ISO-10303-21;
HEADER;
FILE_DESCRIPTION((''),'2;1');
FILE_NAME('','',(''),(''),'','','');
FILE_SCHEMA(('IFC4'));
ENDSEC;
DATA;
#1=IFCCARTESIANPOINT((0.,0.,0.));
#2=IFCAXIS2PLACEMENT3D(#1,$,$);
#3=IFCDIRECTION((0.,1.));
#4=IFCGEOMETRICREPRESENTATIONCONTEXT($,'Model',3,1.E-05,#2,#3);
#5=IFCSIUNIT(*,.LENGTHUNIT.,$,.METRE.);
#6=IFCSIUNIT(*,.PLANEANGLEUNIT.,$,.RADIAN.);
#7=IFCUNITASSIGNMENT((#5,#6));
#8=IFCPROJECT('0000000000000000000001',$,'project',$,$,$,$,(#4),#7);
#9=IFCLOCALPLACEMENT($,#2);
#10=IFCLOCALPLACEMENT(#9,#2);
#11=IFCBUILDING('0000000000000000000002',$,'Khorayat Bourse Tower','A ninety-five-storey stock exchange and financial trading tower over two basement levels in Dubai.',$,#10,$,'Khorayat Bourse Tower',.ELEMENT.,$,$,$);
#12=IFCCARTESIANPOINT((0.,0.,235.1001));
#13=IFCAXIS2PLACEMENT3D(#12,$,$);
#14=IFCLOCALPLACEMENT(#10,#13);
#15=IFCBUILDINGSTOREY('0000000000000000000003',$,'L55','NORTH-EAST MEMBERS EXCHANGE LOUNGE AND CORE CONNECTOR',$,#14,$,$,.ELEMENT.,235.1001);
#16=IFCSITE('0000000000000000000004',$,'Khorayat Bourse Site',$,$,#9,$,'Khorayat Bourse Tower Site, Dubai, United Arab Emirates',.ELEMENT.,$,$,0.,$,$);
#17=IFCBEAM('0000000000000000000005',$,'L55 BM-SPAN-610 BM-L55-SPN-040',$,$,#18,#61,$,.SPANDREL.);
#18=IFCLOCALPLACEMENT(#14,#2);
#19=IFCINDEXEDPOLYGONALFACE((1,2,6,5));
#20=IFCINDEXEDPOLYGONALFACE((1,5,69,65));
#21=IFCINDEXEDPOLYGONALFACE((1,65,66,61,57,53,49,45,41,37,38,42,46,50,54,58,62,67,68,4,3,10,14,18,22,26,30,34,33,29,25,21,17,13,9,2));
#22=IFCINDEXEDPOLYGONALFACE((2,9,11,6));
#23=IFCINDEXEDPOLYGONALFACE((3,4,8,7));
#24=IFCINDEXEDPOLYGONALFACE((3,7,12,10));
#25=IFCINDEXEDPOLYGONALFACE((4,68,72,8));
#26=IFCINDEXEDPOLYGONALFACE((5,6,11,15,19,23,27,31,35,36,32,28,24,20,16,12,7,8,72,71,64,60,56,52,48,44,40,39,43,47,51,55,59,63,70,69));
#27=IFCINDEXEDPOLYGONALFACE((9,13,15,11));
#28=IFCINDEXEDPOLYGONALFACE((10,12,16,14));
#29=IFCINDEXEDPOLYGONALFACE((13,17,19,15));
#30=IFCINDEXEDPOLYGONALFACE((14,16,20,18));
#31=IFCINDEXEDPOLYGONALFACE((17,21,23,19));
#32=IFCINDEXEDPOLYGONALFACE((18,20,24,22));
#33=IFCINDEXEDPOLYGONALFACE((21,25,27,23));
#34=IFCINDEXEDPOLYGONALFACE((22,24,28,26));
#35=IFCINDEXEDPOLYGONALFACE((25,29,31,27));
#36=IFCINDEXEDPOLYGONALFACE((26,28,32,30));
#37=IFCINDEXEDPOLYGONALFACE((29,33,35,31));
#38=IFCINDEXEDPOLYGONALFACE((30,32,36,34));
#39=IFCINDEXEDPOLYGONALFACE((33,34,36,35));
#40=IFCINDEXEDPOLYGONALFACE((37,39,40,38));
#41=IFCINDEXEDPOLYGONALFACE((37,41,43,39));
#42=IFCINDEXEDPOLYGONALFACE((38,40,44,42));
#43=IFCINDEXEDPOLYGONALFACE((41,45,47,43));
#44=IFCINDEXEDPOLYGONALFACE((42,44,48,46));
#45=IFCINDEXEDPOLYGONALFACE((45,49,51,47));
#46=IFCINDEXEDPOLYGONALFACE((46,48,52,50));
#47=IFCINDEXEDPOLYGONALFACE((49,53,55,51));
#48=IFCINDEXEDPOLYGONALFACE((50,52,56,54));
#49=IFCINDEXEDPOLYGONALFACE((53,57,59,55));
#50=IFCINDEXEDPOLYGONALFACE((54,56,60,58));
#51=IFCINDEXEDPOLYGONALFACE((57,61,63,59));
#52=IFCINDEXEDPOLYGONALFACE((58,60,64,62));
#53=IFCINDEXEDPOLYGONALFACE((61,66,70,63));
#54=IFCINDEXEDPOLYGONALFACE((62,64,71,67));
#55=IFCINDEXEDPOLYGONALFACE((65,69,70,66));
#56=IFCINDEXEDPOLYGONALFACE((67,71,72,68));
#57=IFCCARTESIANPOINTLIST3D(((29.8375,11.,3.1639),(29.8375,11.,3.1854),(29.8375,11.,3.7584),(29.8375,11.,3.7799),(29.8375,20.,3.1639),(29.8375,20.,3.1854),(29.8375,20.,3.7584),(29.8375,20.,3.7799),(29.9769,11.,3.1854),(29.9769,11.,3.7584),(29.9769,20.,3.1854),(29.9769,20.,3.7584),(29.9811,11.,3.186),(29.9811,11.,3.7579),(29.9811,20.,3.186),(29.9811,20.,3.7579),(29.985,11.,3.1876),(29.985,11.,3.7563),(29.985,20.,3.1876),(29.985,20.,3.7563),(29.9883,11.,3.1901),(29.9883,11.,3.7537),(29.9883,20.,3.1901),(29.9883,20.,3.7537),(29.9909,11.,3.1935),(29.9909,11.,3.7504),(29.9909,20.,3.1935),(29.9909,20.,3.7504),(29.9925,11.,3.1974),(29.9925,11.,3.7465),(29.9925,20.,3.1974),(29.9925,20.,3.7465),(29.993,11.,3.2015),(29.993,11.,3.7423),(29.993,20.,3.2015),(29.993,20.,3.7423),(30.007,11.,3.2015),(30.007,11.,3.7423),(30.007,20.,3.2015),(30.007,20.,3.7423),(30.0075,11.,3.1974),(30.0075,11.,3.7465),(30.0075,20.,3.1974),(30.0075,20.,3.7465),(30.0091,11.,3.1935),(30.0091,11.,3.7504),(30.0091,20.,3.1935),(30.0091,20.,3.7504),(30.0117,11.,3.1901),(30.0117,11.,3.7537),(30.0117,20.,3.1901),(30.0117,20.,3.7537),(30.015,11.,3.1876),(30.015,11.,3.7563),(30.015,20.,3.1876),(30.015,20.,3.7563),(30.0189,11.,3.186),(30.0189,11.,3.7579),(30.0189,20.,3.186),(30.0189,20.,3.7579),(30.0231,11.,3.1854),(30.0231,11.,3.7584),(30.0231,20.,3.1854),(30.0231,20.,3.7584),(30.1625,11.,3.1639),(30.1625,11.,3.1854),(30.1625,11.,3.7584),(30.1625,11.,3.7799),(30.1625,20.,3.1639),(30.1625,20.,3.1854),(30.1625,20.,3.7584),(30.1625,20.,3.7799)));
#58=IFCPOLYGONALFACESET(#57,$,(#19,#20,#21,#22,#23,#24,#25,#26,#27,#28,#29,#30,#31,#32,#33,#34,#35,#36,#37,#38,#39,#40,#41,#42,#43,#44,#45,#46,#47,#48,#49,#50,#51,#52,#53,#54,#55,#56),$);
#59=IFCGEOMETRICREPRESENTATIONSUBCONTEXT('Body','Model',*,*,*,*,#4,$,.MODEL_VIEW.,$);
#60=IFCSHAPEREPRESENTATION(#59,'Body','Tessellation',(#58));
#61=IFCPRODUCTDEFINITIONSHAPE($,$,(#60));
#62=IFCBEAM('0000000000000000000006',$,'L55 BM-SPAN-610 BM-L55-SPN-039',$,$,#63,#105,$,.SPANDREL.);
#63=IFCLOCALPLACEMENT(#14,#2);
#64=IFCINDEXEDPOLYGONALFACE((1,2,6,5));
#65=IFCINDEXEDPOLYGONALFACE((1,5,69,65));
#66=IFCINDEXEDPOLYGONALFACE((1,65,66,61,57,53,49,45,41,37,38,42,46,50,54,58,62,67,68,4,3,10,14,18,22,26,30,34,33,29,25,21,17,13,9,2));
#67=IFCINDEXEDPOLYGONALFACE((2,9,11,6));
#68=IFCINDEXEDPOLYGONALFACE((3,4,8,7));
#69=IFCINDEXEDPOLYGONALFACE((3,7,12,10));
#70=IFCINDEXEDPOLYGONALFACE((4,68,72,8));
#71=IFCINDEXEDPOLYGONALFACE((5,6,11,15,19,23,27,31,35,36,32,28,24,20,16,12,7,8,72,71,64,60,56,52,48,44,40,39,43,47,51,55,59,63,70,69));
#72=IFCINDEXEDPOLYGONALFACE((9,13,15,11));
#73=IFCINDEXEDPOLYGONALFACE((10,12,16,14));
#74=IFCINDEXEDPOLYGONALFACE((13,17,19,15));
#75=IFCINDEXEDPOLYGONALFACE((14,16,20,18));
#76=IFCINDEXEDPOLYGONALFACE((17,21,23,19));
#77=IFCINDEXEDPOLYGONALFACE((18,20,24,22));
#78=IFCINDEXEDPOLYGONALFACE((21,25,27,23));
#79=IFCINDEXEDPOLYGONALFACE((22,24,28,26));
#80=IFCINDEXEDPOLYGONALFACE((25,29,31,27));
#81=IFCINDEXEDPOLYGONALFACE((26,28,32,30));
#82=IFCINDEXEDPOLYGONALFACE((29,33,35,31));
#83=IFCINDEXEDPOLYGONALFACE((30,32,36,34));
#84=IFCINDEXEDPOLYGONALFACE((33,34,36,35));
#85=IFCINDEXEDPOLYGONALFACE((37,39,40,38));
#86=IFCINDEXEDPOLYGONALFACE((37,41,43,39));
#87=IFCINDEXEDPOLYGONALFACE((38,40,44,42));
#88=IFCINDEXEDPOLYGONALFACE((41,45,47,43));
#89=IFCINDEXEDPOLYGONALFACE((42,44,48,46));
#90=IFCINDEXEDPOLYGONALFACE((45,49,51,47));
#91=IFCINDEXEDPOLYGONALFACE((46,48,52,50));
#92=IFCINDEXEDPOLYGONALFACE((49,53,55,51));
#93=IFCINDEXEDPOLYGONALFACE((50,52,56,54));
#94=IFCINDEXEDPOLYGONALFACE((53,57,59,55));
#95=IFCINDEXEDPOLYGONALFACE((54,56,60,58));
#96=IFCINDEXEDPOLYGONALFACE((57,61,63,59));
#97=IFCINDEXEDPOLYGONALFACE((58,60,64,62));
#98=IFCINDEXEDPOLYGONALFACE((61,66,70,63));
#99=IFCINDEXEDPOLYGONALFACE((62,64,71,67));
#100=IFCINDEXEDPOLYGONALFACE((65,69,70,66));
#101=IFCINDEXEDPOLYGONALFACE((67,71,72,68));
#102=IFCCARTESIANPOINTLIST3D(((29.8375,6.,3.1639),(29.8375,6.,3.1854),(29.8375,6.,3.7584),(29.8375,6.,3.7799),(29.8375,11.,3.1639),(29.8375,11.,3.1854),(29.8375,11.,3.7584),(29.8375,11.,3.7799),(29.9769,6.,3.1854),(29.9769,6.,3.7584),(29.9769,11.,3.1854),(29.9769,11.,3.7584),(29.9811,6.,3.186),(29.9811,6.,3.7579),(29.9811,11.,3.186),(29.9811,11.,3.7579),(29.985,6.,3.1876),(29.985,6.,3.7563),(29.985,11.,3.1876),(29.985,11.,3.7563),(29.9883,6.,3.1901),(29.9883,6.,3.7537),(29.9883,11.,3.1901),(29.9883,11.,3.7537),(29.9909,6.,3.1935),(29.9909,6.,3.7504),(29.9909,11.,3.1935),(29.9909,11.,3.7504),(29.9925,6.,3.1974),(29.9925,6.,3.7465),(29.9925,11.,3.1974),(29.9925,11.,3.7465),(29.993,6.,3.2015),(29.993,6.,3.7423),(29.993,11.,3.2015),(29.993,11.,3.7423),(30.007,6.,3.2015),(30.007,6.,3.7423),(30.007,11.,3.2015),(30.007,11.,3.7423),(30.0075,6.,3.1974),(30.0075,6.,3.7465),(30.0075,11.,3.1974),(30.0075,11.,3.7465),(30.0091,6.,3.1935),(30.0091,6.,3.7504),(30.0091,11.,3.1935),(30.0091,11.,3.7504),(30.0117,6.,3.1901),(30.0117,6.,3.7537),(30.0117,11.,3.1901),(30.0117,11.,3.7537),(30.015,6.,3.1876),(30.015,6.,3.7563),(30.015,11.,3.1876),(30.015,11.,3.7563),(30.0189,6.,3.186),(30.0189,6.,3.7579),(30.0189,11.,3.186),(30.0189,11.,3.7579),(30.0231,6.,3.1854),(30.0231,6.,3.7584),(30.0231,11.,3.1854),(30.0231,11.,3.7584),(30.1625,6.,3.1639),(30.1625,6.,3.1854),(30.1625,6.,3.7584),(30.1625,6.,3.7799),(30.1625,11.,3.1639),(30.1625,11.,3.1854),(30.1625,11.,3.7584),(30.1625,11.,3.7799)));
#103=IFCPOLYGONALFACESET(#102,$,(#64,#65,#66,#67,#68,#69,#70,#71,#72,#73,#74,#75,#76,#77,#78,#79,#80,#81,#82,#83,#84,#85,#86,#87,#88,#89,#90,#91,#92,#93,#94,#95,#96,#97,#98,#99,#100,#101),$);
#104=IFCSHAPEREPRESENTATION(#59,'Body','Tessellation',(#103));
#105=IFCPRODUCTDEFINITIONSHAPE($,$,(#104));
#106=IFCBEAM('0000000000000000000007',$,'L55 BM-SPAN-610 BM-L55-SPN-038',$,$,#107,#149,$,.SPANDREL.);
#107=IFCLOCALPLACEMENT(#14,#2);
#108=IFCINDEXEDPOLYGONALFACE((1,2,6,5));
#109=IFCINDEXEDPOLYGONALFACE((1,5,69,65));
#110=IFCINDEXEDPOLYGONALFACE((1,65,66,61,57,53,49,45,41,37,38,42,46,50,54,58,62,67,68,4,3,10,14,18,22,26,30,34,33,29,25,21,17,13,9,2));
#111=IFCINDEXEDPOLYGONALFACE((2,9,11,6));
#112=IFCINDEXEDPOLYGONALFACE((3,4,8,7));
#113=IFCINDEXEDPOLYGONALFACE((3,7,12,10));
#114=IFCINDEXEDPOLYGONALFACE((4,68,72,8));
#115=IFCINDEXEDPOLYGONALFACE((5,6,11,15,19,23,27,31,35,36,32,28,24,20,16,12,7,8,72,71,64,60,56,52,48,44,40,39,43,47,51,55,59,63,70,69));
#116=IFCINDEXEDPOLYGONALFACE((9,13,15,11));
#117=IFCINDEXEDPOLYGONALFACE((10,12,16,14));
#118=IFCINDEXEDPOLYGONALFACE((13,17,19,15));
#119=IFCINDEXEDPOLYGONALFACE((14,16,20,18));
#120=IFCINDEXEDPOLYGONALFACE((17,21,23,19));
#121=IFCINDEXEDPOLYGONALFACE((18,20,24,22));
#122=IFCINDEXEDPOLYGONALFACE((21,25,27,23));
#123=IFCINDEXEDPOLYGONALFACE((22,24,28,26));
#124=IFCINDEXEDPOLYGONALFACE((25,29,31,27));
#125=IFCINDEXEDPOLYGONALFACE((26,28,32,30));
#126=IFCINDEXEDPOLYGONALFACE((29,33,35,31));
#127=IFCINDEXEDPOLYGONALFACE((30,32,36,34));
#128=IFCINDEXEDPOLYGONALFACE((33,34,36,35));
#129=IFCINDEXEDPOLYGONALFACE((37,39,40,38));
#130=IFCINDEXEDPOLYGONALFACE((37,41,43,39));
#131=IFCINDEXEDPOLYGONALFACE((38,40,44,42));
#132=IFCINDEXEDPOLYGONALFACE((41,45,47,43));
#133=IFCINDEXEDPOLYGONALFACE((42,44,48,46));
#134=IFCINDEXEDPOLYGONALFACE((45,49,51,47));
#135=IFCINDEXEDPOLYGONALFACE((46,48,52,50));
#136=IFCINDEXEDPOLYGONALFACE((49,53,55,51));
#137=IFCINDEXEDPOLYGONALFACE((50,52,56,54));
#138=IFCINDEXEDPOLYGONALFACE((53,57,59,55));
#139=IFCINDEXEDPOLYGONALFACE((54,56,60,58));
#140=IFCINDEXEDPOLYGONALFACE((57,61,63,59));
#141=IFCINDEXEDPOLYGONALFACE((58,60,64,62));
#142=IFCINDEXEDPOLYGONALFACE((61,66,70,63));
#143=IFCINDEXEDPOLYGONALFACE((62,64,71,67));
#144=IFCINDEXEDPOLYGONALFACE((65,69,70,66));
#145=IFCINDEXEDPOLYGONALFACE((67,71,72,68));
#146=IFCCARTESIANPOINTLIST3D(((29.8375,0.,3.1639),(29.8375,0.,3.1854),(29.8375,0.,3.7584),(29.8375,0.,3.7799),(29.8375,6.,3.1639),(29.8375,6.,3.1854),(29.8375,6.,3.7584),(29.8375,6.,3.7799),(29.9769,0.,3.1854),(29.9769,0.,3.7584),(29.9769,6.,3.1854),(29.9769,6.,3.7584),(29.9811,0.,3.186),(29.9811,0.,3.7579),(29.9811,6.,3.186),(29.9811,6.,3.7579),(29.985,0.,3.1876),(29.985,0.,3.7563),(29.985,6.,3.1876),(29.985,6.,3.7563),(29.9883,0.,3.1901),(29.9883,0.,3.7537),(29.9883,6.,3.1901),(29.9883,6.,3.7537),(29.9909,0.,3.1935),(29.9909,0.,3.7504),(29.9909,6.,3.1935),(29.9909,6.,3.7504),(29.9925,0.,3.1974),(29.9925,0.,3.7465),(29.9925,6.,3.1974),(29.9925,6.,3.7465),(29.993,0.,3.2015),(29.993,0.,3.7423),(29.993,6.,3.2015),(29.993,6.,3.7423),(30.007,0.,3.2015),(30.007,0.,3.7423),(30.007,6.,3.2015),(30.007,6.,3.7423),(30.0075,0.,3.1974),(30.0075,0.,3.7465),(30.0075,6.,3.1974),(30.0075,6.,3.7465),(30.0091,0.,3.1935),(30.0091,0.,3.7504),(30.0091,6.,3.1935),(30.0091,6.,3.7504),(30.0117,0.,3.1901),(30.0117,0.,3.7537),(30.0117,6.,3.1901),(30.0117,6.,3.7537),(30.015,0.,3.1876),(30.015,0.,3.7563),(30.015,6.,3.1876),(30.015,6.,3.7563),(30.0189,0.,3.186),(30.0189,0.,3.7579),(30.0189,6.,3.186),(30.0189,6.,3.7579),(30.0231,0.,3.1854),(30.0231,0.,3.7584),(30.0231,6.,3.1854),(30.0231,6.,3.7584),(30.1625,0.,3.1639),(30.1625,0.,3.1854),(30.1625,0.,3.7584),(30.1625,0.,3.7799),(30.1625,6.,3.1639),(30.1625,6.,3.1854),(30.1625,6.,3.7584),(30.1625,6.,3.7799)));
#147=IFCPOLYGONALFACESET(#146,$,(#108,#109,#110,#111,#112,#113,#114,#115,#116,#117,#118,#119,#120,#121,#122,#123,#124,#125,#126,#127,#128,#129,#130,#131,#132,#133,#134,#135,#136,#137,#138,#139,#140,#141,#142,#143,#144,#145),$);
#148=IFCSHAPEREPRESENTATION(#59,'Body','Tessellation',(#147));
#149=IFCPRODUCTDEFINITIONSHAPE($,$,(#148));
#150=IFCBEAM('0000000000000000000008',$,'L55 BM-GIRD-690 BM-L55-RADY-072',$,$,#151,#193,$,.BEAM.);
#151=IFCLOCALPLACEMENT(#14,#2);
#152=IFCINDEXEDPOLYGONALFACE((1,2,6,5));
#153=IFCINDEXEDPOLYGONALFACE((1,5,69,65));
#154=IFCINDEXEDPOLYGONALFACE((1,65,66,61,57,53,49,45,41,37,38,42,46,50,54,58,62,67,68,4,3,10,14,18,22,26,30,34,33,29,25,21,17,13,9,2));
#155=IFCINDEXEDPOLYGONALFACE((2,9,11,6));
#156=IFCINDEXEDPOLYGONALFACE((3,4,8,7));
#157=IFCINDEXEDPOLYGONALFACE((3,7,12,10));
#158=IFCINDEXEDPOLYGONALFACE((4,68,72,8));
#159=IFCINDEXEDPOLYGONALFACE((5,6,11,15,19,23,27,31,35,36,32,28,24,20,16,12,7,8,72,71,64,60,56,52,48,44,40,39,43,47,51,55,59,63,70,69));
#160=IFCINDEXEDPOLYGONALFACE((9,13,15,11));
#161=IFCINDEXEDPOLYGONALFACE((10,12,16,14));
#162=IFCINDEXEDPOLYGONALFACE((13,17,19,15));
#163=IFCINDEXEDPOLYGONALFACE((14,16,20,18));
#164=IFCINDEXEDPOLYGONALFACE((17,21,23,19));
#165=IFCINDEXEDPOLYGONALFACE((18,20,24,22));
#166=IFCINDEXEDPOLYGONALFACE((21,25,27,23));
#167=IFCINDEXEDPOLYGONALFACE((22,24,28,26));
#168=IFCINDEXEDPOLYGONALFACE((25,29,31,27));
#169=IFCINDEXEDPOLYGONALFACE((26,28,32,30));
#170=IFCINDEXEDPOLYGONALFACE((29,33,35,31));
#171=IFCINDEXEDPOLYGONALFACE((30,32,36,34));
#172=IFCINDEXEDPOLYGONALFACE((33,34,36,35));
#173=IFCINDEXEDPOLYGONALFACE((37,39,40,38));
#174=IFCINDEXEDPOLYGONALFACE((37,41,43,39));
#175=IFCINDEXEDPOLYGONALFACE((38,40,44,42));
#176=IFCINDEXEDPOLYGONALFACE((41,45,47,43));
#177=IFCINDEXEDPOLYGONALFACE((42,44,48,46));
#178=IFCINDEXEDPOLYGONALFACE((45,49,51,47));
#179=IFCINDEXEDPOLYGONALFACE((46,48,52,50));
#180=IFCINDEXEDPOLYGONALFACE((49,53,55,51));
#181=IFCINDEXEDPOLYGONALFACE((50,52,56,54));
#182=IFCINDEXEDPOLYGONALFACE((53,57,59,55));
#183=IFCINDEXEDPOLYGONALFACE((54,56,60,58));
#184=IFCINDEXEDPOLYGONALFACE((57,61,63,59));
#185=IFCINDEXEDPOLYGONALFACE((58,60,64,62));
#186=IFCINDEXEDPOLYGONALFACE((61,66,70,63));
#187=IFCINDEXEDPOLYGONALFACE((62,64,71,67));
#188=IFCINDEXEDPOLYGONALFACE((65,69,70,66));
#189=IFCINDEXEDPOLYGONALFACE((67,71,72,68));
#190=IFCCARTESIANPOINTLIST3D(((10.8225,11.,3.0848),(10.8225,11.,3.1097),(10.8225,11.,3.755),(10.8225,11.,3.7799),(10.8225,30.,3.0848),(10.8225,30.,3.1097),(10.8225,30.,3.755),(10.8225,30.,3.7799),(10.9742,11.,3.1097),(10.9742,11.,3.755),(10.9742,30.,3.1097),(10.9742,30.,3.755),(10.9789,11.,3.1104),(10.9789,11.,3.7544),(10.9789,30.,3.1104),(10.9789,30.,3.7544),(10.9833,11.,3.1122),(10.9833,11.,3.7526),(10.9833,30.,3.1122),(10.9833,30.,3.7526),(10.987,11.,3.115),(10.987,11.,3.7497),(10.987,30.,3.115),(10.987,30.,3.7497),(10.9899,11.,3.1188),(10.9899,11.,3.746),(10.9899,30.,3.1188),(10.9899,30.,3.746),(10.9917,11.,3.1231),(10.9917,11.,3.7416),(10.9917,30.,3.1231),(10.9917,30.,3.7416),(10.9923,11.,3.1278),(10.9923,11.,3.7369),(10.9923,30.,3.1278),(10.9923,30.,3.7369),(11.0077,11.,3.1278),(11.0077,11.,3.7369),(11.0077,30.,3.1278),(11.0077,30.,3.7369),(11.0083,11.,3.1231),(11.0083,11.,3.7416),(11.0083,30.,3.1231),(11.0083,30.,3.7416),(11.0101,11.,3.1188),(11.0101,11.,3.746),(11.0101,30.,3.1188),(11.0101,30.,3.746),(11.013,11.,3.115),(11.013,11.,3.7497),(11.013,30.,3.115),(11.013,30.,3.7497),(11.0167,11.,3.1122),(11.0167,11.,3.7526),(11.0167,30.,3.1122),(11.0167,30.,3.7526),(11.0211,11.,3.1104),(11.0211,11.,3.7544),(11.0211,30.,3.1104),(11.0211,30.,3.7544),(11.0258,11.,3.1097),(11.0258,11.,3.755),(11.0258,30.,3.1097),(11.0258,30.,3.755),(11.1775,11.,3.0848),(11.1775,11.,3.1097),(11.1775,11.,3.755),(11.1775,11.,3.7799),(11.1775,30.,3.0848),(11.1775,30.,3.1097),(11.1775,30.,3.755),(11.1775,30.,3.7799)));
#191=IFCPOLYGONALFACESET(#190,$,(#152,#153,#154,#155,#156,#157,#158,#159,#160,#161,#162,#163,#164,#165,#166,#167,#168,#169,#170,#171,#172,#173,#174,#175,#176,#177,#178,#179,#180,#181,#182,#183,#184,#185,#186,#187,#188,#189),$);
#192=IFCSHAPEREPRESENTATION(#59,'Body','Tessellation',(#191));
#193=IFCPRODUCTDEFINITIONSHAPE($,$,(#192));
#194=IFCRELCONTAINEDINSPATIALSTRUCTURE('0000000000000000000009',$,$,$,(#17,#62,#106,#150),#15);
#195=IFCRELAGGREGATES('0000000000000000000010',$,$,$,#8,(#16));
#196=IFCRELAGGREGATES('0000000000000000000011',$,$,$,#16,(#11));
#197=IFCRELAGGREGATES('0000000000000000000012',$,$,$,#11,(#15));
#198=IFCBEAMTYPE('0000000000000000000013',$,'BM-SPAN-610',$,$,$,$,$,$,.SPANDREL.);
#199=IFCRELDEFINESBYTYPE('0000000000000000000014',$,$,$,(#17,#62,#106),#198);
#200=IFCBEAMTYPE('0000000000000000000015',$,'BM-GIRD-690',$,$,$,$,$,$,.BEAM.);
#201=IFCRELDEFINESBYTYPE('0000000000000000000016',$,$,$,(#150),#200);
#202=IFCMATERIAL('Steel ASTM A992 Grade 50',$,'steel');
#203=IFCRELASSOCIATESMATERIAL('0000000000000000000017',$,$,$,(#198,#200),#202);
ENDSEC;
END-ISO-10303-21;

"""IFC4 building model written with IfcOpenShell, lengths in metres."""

from ifc_helpers import new_model, si_unit, direction, frame, origin, origin_2d, place, context, subcontext, project, spatial, i_section, extrude, source, transform, mapped, material, material_profile, profile_set, type_object, element, save


model = new_model("IFC4")

# Units and contexts
model_context = context("Model", 3, precision=1e-05, world=origin(), true_north=direction((0.0, 1.0)))
body_context = subcontext(model_context, "Body", "Model", "MODEL_VIEW")
ifc_project = project(units=[si_unit("LENGTHUNIT", "METRE"), si_unit("PLANEANGLEUNIT", "RADIAN")], contexts=[model_context])

# Site, building, storey
site_placement = place(None, origin())
site = spatial("IfcSite", under=ifc_project, at=site_placement, Name="Khorayat Bourse Site", LongName="Khorayat Bourse Tower Site, Dubai, United Arab Emirates", CompositionType="ELEMENT", RefElevation=0.0)
building_placement = place(site_placement, origin())
building = spatial("IfcBuilding", under=site, at=building_placement, Name="Khorayat Bourse Tower", Description="A ninety-five-storey stock exchange and financial trading tower over two basement levels in Dubai.", LongName="Khorayat Bourse Tower", CompositionType="ELEMENT")
storey_placement = place(building_placement, frame((0.0, 0.0, 235.1001)))
storey = spatial("IfcBuildingStorey", under=building, at=storey_placement, Name="L55", Description="NORTH-EAST MEMBERS EXCHANGE LOUNGE AND CORE CONNECTOR", CompositionType="ELEMENT", Elevation=235.1001)

# Beams
ifc_material_1 = material(Name="Steel ASTM A992 Grade 50", Category="steel")
ifc_material_profile_1 = material_profile(ifc_material_1, i_section(OverallWidth=0.325, OverallDepth=0.616, WebThickness=0.0139, FlangeThickness=0.0215, FilletRadius=0.0161, at=origin_2d()), Name="W610X174")
ifc_profile_set_1 = profile_set([ifc_material_profile_1], Name="Steel ASTM A992 Grade 50")
beam_type_1 = type_object("IfcBeamType", Name="BM-SPAN-610", PredefinedType="SPANDREL", material=ifc_profile_set_1)
shared_shape_1 = source(origin(), body_context, "Body", "SweptSolid", [
    extrude(i_section(OverallWidth=0.325, OverallDepth=0.616, WebThickness=0.0139, FlangeThickness=0.0215, FilletRadius=0.0161, at=origin_2d()), origin(), (0.0, 0.0, 1.0), 9.0),
])
beam_1_placement = place(storey_placement, frame((30.0, 11.0, 3.4719), z_axis=(0.0, 1.0, 0.0), x_axis=(-1.0, 0.0, 0.0)))
element("IfcBeam", 1, at=beam_1_placement, inside=storey, type_object=beam_type_1, Name="L55 BM-SPAN-610 BM-L55-SPN-040", PredefinedType="SPANDREL", context=body_context, shape_type="MappedRepresentation", body=[
    mapped(shared_shape_1, transform((0.0, 0.0, 0.0), scale=1.0)),
])
shared_shape_2 = source(origin(), body_context, "Body", "SweptSolid", [
    extrude(i_section(OverallWidth=0.325, OverallDepth=0.616, WebThickness=0.0139, FlangeThickness=0.0215, FilletRadius=0.0161, at=origin_2d()), origin(), (0.0, 0.0, 1.0), 5.0),
])
beam_2_placement = place(storey_placement, frame((30.0, 6.0, 3.4719), z_axis=(0.0, 1.0, 0.0), x_axis=(-1.0, 0.0, 0.0)))
element("IfcBeam", 2, at=beam_2_placement, inside=storey, type_object=beam_type_1, Name="L55 BM-SPAN-610 BM-L55-SPN-039", PredefinedType="SPANDREL", context=body_context, shape_type="MappedRepresentation", body=[
    mapped(shared_shape_2, transform((0.0, 0.0, 0.0), scale=1.0)),
])
shared_shape_3 = source(origin(), body_context, "Body", "SweptSolid", [
    extrude(i_section(OverallWidth=0.325, OverallDepth=0.616, WebThickness=0.0139, FlangeThickness=0.0215, FilletRadius=0.0161, at=origin_2d()), origin(), (0.0, 0.0, 1.0), 6.0),
])
beam_3_placement = place(storey_placement, frame((30.0, 0.0, 3.4719), z_axis=(0.0, 1.0, 0.0), x_axis=(-1.0, 0.0, 0.0)))
element("IfcBeam", 3, at=beam_3_placement, inside=storey, type_object=beam_type_1, Name="L55 BM-SPAN-610 BM-L55-SPN-038", PredefinedType="SPANDREL", context=body_context, shape_type="MappedRepresentation", body=[
    mapped(shared_shape_3, transform((0.0, 0.0, 0.0), scale=1.0)),
])
ifc_material_profile_2 = material_profile(ifc_material_1, i_section(OverallWidth=0.355, OverallDepth=0.6951, WebThickness=0.0154, FlangeThickness=0.0249, FilletRadius=0.0181, at=origin_2d()), Name="W690X217")
ifc_profile_set_2 = profile_set([ifc_material_profile_2], Name="Steel ASTM A992 Grade 50")
beam_type_2 = type_object("IfcBeamType", Name="BM-GIRD-690", PredefinedType="BEAM", material=ifc_profile_set_2)
shared_shape_4 = source(origin(), body_context, "Body", "SweptSolid", [
    extrude(i_section(OverallWidth=0.355, OverallDepth=0.6951, WebThickness=0.0154, FlangeThickness=0.0249, FilletRadius=0.0181, at=origin_2d()), origin(), (0.0, 0.0, 1.0), 19.0),
])
for number, where, z_axis, x_axis, name in (
    (4, (11.0, 11.0, 3.4324), (0.0, 1.0, 0.0), (-1.0, 0.0, 0.0), "L55 BM-GIRD-690 BM-L55-RADY-072"),
):
    element("IfcBeam", number, at=place(storey_placement, frame(where, z_axis=z_axis, x_axis=x_axis)), inside=storey, type_object=beam_type_2, Name=name, PredefinedType="BEAM", context=body_context, shape_type="MappedRepresentation", body=[
        mapped(shared_shape_4, transform((0.0, 0.0, 0.0), scale=1.0)),
    ])

save(model, "model.ifc")
